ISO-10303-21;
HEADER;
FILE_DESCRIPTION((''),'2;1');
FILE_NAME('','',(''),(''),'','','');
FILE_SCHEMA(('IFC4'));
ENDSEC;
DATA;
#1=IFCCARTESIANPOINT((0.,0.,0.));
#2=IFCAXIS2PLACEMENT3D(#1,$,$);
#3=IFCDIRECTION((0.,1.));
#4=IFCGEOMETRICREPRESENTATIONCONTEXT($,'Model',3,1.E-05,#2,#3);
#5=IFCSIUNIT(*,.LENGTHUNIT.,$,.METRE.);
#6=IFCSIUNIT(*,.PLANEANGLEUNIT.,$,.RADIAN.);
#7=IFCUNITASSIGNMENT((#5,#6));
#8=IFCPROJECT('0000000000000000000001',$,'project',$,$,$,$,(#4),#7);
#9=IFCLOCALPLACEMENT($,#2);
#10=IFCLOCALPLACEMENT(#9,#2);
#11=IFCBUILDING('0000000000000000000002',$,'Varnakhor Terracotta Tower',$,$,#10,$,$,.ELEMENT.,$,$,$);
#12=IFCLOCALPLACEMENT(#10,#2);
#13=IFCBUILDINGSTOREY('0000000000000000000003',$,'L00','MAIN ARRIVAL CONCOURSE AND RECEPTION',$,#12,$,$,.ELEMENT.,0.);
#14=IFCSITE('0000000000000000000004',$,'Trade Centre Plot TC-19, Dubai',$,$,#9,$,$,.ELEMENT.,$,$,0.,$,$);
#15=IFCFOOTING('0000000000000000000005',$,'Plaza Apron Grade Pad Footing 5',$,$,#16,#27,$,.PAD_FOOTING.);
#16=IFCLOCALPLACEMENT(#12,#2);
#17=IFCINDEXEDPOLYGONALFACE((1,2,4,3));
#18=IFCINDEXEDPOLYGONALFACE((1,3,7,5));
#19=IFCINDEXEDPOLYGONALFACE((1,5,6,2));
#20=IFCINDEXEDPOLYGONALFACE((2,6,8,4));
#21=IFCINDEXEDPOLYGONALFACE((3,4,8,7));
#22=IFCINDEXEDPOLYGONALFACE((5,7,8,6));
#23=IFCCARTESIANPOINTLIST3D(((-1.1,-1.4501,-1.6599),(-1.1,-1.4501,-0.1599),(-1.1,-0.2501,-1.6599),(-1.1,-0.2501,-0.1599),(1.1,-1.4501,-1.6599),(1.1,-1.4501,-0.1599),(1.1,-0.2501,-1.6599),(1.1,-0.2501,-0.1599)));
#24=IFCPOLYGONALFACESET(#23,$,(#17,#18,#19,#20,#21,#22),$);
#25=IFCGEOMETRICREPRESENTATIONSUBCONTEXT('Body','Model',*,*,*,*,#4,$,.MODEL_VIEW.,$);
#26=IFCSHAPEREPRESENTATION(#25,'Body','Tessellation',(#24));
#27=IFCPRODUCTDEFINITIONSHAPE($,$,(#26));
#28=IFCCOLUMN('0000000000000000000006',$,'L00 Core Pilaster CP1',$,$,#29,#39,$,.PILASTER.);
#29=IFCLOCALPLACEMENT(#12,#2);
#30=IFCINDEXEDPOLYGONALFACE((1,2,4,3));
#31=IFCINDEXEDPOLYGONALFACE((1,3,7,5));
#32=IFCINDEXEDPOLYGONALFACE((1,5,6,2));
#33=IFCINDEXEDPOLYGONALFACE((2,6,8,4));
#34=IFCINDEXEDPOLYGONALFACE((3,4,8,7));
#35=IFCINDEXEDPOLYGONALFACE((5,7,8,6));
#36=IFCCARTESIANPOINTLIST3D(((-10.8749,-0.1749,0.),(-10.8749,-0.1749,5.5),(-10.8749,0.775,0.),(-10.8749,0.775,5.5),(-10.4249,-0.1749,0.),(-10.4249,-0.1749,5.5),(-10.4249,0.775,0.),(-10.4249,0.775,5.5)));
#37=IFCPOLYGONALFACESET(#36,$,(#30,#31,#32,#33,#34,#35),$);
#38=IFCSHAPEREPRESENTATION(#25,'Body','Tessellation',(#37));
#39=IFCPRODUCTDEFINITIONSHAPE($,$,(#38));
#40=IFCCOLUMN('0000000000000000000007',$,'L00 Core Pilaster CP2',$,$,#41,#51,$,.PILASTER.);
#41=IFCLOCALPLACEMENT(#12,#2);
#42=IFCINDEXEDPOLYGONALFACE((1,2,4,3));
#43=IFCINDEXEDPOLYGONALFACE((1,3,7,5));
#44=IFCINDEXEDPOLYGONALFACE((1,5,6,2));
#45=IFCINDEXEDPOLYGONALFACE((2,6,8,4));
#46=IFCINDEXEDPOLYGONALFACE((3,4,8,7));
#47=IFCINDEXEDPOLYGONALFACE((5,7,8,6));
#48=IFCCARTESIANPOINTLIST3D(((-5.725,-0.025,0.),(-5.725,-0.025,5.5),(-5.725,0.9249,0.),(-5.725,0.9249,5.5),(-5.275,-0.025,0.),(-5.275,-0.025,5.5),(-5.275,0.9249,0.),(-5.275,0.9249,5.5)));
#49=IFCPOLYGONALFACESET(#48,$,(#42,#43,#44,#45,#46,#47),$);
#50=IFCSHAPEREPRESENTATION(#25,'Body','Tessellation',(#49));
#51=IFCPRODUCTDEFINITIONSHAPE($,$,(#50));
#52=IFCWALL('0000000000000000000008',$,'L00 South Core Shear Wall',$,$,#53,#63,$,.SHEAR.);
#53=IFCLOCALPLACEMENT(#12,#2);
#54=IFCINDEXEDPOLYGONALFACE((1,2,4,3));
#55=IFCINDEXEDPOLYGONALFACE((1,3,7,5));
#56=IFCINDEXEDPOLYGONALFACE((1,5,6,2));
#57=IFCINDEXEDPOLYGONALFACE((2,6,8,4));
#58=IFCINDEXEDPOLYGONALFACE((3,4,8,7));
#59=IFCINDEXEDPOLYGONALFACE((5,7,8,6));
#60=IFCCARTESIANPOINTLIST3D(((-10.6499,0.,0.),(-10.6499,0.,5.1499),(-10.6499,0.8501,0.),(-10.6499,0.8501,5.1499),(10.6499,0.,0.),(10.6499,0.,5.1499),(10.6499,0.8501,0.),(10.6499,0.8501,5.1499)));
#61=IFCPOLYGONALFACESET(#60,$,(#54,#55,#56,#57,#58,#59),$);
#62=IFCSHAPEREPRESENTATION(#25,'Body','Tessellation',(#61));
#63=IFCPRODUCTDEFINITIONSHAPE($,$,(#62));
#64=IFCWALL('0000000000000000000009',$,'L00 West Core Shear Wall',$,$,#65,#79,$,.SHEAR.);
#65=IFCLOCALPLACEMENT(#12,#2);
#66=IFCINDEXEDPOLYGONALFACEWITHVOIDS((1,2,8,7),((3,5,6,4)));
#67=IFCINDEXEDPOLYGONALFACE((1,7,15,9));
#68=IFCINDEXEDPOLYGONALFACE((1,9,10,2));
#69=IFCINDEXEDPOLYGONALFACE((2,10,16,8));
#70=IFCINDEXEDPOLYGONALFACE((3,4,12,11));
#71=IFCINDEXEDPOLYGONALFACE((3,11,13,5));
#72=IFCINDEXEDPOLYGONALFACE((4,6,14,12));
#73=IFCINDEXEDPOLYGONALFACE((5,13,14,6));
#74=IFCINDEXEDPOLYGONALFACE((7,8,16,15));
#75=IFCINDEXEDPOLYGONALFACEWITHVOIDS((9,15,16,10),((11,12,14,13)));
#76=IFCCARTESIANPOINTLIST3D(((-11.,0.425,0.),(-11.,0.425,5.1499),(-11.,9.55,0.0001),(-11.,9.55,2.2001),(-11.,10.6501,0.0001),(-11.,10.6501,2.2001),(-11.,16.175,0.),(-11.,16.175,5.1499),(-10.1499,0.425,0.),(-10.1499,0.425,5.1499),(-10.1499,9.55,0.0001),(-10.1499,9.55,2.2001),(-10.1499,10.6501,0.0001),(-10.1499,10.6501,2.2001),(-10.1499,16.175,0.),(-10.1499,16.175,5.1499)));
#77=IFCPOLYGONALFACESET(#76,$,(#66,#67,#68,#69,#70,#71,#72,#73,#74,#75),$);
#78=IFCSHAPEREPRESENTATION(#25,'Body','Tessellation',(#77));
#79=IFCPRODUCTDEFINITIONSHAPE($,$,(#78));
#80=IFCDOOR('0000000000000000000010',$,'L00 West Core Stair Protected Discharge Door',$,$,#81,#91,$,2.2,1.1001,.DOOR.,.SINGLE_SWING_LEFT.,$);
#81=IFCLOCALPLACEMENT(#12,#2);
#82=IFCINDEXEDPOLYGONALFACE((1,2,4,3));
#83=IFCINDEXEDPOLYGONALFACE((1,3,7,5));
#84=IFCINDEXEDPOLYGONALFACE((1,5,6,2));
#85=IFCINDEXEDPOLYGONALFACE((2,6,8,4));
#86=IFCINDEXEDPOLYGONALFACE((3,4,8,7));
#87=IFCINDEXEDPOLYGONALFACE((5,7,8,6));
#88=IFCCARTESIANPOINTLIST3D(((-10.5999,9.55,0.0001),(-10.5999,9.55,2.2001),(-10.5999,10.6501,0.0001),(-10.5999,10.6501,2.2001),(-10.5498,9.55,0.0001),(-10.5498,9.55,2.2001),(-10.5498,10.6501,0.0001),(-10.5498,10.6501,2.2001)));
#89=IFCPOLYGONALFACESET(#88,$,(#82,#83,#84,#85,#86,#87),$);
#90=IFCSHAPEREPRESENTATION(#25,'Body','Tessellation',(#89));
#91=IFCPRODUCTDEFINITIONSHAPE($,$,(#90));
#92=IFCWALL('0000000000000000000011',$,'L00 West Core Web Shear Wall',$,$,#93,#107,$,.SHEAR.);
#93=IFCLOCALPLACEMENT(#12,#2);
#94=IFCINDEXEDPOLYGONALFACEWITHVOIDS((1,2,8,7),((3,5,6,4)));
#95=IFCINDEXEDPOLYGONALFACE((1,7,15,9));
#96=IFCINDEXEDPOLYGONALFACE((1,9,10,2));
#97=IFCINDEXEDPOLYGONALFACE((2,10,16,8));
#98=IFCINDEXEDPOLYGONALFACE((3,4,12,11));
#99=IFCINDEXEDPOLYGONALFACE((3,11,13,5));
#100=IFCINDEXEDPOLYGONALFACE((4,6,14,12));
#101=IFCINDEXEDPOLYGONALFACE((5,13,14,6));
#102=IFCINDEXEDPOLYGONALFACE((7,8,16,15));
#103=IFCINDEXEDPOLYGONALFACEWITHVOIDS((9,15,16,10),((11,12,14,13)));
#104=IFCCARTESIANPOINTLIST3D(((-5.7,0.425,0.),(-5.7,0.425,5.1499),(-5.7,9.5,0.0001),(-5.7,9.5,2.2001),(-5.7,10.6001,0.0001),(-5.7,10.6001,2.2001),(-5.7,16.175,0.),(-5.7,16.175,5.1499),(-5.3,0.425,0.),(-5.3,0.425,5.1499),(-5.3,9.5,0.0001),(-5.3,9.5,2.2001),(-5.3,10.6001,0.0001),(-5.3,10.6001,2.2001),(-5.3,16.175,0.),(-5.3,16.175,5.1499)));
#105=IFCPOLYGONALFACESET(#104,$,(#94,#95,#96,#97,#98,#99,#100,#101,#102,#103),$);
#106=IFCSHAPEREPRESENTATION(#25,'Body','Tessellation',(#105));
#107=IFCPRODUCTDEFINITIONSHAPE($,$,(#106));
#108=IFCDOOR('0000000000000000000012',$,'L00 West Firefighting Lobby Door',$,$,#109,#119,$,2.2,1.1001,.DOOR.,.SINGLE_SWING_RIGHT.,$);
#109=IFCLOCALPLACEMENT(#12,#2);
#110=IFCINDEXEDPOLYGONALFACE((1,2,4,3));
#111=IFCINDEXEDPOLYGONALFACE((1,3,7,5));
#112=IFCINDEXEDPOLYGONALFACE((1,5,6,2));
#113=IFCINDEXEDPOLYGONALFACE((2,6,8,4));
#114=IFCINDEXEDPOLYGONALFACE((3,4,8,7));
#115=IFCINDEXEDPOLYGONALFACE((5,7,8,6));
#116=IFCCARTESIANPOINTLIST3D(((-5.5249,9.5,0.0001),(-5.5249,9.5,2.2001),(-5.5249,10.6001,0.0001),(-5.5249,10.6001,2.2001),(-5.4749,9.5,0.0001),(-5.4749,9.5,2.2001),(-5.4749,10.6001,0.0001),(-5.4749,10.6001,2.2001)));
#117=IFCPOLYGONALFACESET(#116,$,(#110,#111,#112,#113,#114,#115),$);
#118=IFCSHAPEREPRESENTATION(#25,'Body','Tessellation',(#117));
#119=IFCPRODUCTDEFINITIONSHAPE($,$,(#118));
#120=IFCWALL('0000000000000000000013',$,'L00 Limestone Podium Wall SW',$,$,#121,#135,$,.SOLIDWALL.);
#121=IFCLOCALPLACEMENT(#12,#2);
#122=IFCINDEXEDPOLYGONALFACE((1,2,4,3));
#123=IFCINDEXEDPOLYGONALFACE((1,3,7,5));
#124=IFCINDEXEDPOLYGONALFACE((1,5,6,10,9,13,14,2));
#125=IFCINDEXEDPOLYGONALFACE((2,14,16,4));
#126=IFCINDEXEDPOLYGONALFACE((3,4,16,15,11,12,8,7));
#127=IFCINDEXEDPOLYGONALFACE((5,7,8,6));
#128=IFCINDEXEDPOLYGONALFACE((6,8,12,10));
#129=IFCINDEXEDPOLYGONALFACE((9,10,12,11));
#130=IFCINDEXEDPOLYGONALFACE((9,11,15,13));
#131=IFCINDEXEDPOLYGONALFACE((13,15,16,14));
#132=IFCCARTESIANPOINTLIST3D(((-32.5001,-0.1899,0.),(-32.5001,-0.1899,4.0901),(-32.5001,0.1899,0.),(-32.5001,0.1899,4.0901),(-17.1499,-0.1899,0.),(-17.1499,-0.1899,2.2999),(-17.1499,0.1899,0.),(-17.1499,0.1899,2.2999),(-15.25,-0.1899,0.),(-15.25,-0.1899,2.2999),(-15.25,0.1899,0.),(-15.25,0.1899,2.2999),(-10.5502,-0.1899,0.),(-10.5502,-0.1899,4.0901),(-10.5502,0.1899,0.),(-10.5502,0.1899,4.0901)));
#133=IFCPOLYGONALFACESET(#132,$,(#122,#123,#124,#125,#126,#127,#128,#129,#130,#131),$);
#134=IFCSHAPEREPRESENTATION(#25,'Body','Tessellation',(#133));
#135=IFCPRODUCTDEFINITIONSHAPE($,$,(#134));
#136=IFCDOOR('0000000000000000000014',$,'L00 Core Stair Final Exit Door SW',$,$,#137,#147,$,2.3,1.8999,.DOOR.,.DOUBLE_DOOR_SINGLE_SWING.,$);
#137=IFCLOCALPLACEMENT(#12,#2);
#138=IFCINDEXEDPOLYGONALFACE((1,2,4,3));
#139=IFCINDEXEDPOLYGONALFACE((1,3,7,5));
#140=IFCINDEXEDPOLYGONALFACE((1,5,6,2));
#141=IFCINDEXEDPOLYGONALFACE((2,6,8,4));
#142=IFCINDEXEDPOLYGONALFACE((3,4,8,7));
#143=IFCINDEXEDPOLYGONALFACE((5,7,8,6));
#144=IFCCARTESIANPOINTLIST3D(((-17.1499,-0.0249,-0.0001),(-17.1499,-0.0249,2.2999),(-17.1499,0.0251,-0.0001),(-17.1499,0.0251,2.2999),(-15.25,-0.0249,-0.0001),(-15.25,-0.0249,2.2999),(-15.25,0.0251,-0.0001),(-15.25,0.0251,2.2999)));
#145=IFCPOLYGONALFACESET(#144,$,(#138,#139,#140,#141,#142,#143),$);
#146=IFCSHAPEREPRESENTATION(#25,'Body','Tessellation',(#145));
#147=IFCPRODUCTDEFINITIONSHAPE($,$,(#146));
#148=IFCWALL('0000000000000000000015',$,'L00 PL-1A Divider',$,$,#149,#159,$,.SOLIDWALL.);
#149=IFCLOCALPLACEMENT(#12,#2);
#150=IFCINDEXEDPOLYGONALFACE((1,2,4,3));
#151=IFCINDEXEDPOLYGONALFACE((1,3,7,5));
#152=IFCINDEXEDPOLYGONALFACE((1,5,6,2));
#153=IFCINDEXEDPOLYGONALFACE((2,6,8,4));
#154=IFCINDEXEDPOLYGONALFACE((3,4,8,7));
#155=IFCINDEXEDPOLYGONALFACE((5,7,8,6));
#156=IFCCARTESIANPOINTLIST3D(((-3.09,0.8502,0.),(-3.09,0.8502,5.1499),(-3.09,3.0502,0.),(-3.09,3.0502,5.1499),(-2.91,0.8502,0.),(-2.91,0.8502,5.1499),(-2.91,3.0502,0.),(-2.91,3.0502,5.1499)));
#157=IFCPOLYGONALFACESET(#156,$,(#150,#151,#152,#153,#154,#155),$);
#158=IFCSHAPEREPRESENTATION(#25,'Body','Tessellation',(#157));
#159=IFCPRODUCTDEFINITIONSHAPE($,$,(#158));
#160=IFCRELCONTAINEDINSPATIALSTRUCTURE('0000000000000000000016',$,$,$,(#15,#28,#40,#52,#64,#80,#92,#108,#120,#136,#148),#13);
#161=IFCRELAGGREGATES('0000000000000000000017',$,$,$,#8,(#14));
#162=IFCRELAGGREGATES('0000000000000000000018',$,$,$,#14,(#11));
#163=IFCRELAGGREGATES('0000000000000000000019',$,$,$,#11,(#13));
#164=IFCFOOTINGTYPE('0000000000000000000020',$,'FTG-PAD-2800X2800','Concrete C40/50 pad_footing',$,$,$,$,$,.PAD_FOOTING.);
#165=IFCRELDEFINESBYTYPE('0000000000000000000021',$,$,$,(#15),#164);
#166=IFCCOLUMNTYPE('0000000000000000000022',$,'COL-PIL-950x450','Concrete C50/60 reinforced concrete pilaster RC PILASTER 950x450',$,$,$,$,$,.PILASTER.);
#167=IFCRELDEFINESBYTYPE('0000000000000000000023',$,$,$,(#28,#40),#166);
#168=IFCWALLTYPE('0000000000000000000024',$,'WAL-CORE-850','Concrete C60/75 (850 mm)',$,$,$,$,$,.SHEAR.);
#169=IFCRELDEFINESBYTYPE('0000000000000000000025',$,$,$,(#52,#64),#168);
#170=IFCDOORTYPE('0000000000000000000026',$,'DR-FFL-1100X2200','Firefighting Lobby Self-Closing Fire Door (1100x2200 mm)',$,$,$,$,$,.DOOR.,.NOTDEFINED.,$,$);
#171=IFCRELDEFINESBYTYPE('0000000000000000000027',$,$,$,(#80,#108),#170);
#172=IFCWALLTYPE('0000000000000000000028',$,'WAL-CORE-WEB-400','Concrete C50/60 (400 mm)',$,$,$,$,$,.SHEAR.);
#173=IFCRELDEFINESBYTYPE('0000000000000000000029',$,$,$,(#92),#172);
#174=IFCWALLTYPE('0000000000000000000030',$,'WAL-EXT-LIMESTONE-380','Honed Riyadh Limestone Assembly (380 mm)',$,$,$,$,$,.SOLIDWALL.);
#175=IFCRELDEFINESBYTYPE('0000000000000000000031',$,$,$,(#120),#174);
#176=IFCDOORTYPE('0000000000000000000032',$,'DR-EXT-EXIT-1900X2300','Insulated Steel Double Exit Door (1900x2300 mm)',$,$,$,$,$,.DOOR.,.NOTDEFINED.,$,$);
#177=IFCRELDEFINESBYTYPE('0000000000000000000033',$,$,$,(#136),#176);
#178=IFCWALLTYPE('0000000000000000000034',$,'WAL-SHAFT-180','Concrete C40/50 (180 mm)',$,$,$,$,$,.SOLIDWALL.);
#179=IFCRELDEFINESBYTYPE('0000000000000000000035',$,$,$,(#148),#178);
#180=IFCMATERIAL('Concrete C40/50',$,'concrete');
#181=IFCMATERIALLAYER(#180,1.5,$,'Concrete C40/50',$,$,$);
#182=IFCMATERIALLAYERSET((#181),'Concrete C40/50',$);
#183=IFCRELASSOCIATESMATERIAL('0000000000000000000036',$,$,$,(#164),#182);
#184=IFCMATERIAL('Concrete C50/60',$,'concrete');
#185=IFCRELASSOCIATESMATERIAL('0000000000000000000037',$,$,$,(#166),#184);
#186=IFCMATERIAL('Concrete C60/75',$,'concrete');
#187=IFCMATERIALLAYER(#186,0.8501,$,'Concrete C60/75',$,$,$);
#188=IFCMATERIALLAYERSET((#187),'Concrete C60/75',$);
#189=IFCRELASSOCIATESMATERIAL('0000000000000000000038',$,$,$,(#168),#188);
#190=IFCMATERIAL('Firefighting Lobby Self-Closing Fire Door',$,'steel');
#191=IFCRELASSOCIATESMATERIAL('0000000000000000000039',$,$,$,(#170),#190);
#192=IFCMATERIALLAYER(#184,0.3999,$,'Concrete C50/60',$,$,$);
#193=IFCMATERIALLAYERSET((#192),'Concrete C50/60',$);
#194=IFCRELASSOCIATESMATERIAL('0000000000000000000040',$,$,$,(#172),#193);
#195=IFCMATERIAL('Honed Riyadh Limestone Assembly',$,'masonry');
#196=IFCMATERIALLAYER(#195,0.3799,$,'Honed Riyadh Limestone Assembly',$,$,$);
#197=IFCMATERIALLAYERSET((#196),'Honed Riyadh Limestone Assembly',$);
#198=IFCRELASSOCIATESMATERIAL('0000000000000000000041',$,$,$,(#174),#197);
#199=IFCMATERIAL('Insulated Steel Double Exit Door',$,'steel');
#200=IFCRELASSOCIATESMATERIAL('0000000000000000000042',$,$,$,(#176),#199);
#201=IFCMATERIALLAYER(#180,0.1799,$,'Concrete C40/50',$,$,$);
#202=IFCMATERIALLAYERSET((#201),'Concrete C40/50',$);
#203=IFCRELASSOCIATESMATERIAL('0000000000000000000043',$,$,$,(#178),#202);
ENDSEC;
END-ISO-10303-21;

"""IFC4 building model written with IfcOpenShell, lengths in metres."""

from ifc_helpers import new_model, si_unit, direction, frame, frame_2d, origin, origin_2d, place, context, subcontext, project, spatial, rectangle, extrude, source, transform, mapped, material, layer, layer_set, material_profile, profile_set, type_object, type_shapes, element, fill, save


model = new_model("IFC4")

# Units and contexts
model_context = context("Model", 3, precision=1e-05, world=origin(), true_north=direction((0.0, 1.0)))
body_context = subcontext(model_context, "Body", "Model", "MODEL_VIEW")
ifc_project = project(units=[si_unit("LENGTHUNIT", "METRE"), si_unit("PLANEANGLEUNIT", "RADIAN")], contexts=[model_context])

# Site, building, storey
site_placement = place(None, origin())
site = spatial("IfcSite", under=ifc_project, at=site_placement, Name="Trade Centre Plot TC-19, Dubai", CompositionType="ELEMENT", RefElevation=0.0)
building_placement = place(site_placement, origin())
building = spatial("IfcBuilding", under=site, at=building_placement, Name="Varnakhor Terracotta Tower", CompositionType="ELEMENT")
storey_placement = place(building_placement, origin())
storey = spatial("IfcBuildingStorey", under=building, at=storey_placement, Name="L00", Description="MAIN ARRIVAL CONCOURSE AND RECEPTION", CompositionType="ELEMENT", Elevation=0.0)

# Footing
ifc_material_1 = material(Name="Concrete C40/50", Category="concrete")
ifc_layer_1 = layer(ifc_material_1, 1.5, Name="Concrete C40/50")
ifc_layer_set_1 = layer_set([ifc_layer_1], Name="Concrete C40/50")
footing_type = type_object("IfcFootingType", Name="FTG-PAD-2800X2800", Description="Concrete C40/50 pad_footing", PredefinedType="PAD_FOOTING", material=ifc_layer_set_1)
shared_shape_1 = source(origin(), body_context, "Body", "SweptSolid", [
    extrude(rectangle(XDim=2.2, YDim=1.2, at=origin_2d()), origin(), (0.0, 0.0, 1.0), 1.5),
])
footing_placement = place(storey_placement, frame((0.0, -0.8501, -1.6599), z_axis=(0.0, 0.0, 1.0), x_axis=(1.0, 0.0, 0.0)))
element("IfcFooting", 1, at=footing_placement, inside=storey, type_object=footing_type, Name="Plaza Apron Grade Pad Footing 5", PredefinedType="PAD_FOOTING", context=body_context, shape_type="MappedRepresentation", body=[
    mapped(shared_shape_1, transform((0.0, 0.0, 0.0), scale=1.0)),
])

# Columns
ifc_material_2 = material(Name="Concrete C50/60", Category="concrete")
ifc_material_profile = material_profile(ifc_material_2, rectangle(XDim=0.45, YDim=0.95, at=origin_2d()), Name="RC PILASTER 950x450")
ifc_profile_set = profile_set([ifc_material_profile], Name="Concrete C50/60")
column_type = type_object("IfcColumnType", Name="COL-PIL-950x450", Description="Concrete C50/60 reinforced concrete pilaster RC PILASTER 950x450", PredefinedType="PILASTER", material=ifc_profile_set)
shared_shape_2 = source(origin(), body_context, "Body", "SweptSolid", [
    extrude(rectangle(XDim=0.45, YDim=0.95, at=origin_2d()), origin(), (0.0, 0.0, 1.0), 5.5),
])
for number, where, z_axis, x_axis, name in (
    (2, (-10.6499, 0.3, 0.0), (0.0, 0.0, 1.0), (1.0, 0.0, 0.0), "L00 Core Pilaster CP1"),
    (3, (-5.5, 0.45, 0.0), (0.0, 0.0, 1.0), (1.0, 0.0, 0.0), "L00 Core Pilaster CP2"),
):
    element("IfcColumn", number, at=place(storey_placement, frame(where, z_axis=z_axis, x_axis=x_axis)), inside=storey, type_object=column_type, Name=name, PredefinedType="PILASTER", context=body_context, shape_type="MappedRepresentation", body=[
        mapped(shared_shape_2, transform((0.0, 0.0, 0.0), scale=1.0)),
    ])

# Wall
ifc_material_3 = material(Name="Concrete C60/75", Category="concrete")
ifc_layer_2 = layer(ifc_material_3, 0.8501, Name="Concrete C60/75")
ifc_layer_set_2 = layer_set([ifc_layer_2], Name="Concrete C60/75")
wall_type_1 = type_object("IfcWallType", Name="WAL-CORE-850", Description="Concrete C60/75 (850 mm)", PredefinedType="SHEAR", material=ifc_layer_set_2)
wall_1_placement = place(storey_placement, frame((-10.6499, 0.425, 0.0), z_axis=(0.0, 0.0, 1.0), x_axis=(1.0, 0.0, 0.0)))
element("IfcWall", 4, at=wall_1_placement, inside=storey, type_object=wall_type_1, Name="L00 South Core Shear Wall", PredefinedType="SHEAR", context=body_context, shape_type="SweptSolid", body=[
    extrude(rectangle(XDim=21.2998, YDim=0.8501, at=frame_2d((10.6499, 0.0))), origin(), (0.0, 0.0, 1.0), 5.1499),
])

# Walls, openings, doors
wall_2_placement = place(storey_placement, frame((-10.575, 0.425, 0.0), z_axis=(0.0, 0.0, 1.0), x_axis=(0.0, 1.0, 0.0)))
wall_2 = element("IfcWall", 5, at=wall_2_placement, inside=storey, type_object=wall_type_1, Name="L00 West Core Shear Wall", PredefinedType="SHEAR", context=body_context, shape_type="SweptSolid", body=[
    extrude(rectangle(XDim=15.75, YDim=0.8501, at=frame_2d((7.875, 0.0))), origin(), (0.0, 0.0, 1.0), 5.1499),
])
opening_1_placement = place(wall_2_placement, frame((9.125, 0.0, 0.0)))
opening_1 = element("IfcOpeningElement", 6, at=opening_1_placement, cuts=wall_2, PredefinedType="OPENING", context=body_context, shape_type="SweptSolid", body=[
    extrude(rectangle(XDim=1.1001, YDim=2.2, at=frame_2d((0.55, 1.1001))), frame((0.0, 0.4351, 0.0), z_axis=(0.0, -1.0, 0.0), x_axis=(1.0, 0.0, 0.0)), (0.0, 0.0, 1.0), 0.8701),
])
ifc_material_4 = material(Name="Firefighting Lobby Self-Closing Fire Door", Category="steel")
door_type_1 = type_object("IfcDoorType", Name="DR-FFL-1100X2200", Description="Firefighting Lobby Self-Closing Fire Door (1100x2200 mm)", OperationType="NOTDEFINED", PredefinedType="DOOR", material=ifc_material_4)
shared_shape_3 = source(origin(), body_context, "Body", "SweptSolid", [
    extrude(rectangle(XDim=1.1001, YDim=2.2, at=frame_2d((0.55, 1.1001))), frame((0.0, 0.0249, 0.0), z_axis=(0.0, -1.0, 0.0), x_axis=(1.0, 0.0, 0.0)), (0.0, 0.0, 1.0), 0.05),
])
type_shapes(door_type_1, [shared_shape_3])
door_1_placement = place(opening_1_placement, origin())
door_1 = element("IfcDoor", 7, at=door_1_placement, inside=storey, type_object=door_type_1, Name="L00 West Core Stair Protected Discharge Door", OperationType="SINGLE_SWING_LEFT", OverallHeight=2.2, OverallWidth=1.1001, PredefinedType="DOOR", context=body_context, shape_type="MappedRepresentation", body=[
    mapped(shared_shape_3, transform((0.0, 0.0, 0.0), scale=1.0)),
])
fill(opening_1, door_1)
ifc_layer_3 = layer(ifc_material_2, 0.3999, Name="Concrete C50/60")
ifc_layer_set_3 = layer_set([ifc_layer_3], Name="Concrete C50/60")
wall_type_2 = type_object("IfcWallType", Name="WAL-CORE-WEB-400", Description="Concrete C50/60 (400 mm)", PredefinedType="SHEAR", material=ifc_layer_set_3)
wall_3_placement = place(storey_placement, frame((-5.5, 0.425, 0.0), z_axis=(0.0, 0.0, 1.0), x_axis=(0.0, 1.0, 0.0)))
wall_3 = element("IfcWall", 8, at=wall_3_placement, inside=storey, type_object=wall_type_2, Name="L00 West Core Web Shear Wall", PredefinedType="SHEAR", context=body_context, shape_type="SweptSolid", body=[
    extrude(rectangle(XDim=15.75, YDim=0.3999, at=frame_2d((7.875, 0.0))), origin(), (0.0, 0.0, 1.0), 5.1499),
])
opening_2_placement = place(wall_3_placement, frame((9.075, 0.0, 0.0)))
opening_2 = element("IfcOpeningElement", 9, at=opening_2_placement, cuts=wall_3, PredefinedType="OPENING", context=body_context, shape_type="SweptSolid", body=[
    extrude(rectangle(XDim=1.1001, YDim=2.2, at=frame_2d((0.55, 1.1001))), frame((0.0, 0.21, 0.0), z_axis=(0.0, -1.0, 0.0), x_axis=(1.0, 0.0, 0.0)), (0.0, 0.0, 1.0), 0.4199),
])
door_2_placement = place(opening_2_placement, origin())
door_2 = element("IfcDoor", 10, at=door_2_placement, inside=storey, type_object=door_type_1, Name="L00 West Firefighting Lobby Door", OperationType="SINGLE_SWING_RIGHT", OverallHeight=2.2, OverallWidth=1.1001, PredefinedType="DOOR", context=body_context, shape_type="MappedRepresentation", body=[
    mapped(shared_shape_3, transform((0.0, 0.0, 0.0), scale=1.0)),
])
fill(opening_2, door_2)
ifc_material_5 = material(Name="Honed Riyadh Limestone Assembly", Category="masonry")
ifc_layer_4 = layer(ifc_material_5, 0.3799, Name="Honed Riyadh Limestone Assembly")
ifc_layer_set_4 = layer_set([ifc_layer_4], Name="Honed Riyadh Limestone Assembly")
wall_type_3 = type_object("IfcWallType", Name="WAL-EXT-LIMESTONE-380", Description="Honed Riyadh Limestone Assembly (380 mm)", PredefinedType="SOLIDWALL", material=ifc_layer_set_4)
wall_4_placement = place(storey_placement, frame((-10.55, 0.0, 0.0), z_axis=(0.0, 0.0, 1.0), x_axis=(-1.0, 0.0, 0.0)))
wall_4 = element("IfcWall", 11, at=wall_4_placement, inside=storey, type_object=wall_type_3, Name="L00 Limestone Podium Wall SW", PredefinedType="SOLIDWALL", context=body_context, shape_type="SweptSolid", body=[
    extrude(rectangle(XDim=21.95, YDim=0.3799, at=frame_2d((10.9751, 0.0))), origin(), (0.0, 0.0, 1.0), 4.0901),
])
opening_3_placement = place(wall_4_placement, frame((4.7, 0.0, 0.0)))
opening_3 = element("IfcOpeningElement", 12, at=opening_3_placement, cuts=wall_4, PredefinedType="OPENING", context=body_context, shape_type="SweptSolid", body=[
    extrude(rectangle(XDim=1.8999, YDim=2.3, at=frame_2d((0.95, 1.1499))), frame((0.0, 0.2, 0.0), z_axis=(0.0, -1.0, 0.0), x_axis=(1.0, 0.0, 0.0)), (0.0, 0.0, 1.0), 0.3999),
])
ifc_material_6 = material(Name="Insulated Steel Double Exit Door", Category="steel")
door_type_2 = type_object("IfcDoorType", Name="DR-EXT-EXIT-1900X2300", Description="Insulated Steel Double Exit Door (1900x2300 mm)", OperationType="NOTDEFINED", PredefinedType="DOOR", material=ifc_material_6)
shared_shape_4 = source(origin(), body_context, "Body", "SweptSolid", [
    extrude(rectangle(XDim=1.8999, YDim=2.3, at=frame_2d((0.95, 1.1499))), frame((0.0, 0.0249, 0.0), z_axis=(0.0, -1.0, 0.0), x_axis=(1.0, 0.0, 0.0)), (0.0, 0.0, 1.0), 0.05),
])
type_shapes(door_type_2, [shared_shape_4])
door_3_placement = place(opening_3_placement, origin())
door_3 = element("IfcDoor", 13, at=door_3_placement, inside=storey, type_object=door_type_2, Name="L00 Core Stair Final Exit Door SW", OperationType="DOUBLE_DOOR_SINGLE_SWING", OverallHeight=2.3, OverallWidth=1.8999, PredefinedType="DOOR", context=body_context, shape_type="MappedRepresentation", body=[
    mapped(shared_shape_4, transform((0.0, 0.0, 0.0), scale=1.0)),
])
fill(opening_3, door_3)

# Wall
ifc_layer_5 = layer(ifc_material_1, 0.1799, Name="Concrete C40/50")
ifc_layer_set_5 = layer_set([ifc_layer_5], Name="Concrete C40/50")
wall_type_4 = type_object("IfcWallType", Name="WAL-SHAFT-180", Description="Concrete C40/50 (180 mm)", PredefinedType="SOLIDWALL", material=ifc_layer_set_5)
for number, where, z_axis, x_axis, name in (
    (14, (-3.0, 0.8501, 0.0), (0.0, 0.0, 1.0), (0.0, 1.0, 0.0), "L00 PL-1A Divider"),
):
    element("IfcWall", number, at=place(storey_placement, frame(where, z_axis=z_axis, x_axis=x_axis)), inside=storey, type_object=wall_type_4, Name=name, PredefinedType="SOLIDWALL", context=body_context, shape_type="SweptSolid", body=[
        extrude(rectangle(XDim=2.2, YDim=0.1799, at=frame_2d((1.1001, 0.0))), origin(), (0.0, 0.0, 1.0), 5.1499),
    ])

save(model, "model.ifc")
